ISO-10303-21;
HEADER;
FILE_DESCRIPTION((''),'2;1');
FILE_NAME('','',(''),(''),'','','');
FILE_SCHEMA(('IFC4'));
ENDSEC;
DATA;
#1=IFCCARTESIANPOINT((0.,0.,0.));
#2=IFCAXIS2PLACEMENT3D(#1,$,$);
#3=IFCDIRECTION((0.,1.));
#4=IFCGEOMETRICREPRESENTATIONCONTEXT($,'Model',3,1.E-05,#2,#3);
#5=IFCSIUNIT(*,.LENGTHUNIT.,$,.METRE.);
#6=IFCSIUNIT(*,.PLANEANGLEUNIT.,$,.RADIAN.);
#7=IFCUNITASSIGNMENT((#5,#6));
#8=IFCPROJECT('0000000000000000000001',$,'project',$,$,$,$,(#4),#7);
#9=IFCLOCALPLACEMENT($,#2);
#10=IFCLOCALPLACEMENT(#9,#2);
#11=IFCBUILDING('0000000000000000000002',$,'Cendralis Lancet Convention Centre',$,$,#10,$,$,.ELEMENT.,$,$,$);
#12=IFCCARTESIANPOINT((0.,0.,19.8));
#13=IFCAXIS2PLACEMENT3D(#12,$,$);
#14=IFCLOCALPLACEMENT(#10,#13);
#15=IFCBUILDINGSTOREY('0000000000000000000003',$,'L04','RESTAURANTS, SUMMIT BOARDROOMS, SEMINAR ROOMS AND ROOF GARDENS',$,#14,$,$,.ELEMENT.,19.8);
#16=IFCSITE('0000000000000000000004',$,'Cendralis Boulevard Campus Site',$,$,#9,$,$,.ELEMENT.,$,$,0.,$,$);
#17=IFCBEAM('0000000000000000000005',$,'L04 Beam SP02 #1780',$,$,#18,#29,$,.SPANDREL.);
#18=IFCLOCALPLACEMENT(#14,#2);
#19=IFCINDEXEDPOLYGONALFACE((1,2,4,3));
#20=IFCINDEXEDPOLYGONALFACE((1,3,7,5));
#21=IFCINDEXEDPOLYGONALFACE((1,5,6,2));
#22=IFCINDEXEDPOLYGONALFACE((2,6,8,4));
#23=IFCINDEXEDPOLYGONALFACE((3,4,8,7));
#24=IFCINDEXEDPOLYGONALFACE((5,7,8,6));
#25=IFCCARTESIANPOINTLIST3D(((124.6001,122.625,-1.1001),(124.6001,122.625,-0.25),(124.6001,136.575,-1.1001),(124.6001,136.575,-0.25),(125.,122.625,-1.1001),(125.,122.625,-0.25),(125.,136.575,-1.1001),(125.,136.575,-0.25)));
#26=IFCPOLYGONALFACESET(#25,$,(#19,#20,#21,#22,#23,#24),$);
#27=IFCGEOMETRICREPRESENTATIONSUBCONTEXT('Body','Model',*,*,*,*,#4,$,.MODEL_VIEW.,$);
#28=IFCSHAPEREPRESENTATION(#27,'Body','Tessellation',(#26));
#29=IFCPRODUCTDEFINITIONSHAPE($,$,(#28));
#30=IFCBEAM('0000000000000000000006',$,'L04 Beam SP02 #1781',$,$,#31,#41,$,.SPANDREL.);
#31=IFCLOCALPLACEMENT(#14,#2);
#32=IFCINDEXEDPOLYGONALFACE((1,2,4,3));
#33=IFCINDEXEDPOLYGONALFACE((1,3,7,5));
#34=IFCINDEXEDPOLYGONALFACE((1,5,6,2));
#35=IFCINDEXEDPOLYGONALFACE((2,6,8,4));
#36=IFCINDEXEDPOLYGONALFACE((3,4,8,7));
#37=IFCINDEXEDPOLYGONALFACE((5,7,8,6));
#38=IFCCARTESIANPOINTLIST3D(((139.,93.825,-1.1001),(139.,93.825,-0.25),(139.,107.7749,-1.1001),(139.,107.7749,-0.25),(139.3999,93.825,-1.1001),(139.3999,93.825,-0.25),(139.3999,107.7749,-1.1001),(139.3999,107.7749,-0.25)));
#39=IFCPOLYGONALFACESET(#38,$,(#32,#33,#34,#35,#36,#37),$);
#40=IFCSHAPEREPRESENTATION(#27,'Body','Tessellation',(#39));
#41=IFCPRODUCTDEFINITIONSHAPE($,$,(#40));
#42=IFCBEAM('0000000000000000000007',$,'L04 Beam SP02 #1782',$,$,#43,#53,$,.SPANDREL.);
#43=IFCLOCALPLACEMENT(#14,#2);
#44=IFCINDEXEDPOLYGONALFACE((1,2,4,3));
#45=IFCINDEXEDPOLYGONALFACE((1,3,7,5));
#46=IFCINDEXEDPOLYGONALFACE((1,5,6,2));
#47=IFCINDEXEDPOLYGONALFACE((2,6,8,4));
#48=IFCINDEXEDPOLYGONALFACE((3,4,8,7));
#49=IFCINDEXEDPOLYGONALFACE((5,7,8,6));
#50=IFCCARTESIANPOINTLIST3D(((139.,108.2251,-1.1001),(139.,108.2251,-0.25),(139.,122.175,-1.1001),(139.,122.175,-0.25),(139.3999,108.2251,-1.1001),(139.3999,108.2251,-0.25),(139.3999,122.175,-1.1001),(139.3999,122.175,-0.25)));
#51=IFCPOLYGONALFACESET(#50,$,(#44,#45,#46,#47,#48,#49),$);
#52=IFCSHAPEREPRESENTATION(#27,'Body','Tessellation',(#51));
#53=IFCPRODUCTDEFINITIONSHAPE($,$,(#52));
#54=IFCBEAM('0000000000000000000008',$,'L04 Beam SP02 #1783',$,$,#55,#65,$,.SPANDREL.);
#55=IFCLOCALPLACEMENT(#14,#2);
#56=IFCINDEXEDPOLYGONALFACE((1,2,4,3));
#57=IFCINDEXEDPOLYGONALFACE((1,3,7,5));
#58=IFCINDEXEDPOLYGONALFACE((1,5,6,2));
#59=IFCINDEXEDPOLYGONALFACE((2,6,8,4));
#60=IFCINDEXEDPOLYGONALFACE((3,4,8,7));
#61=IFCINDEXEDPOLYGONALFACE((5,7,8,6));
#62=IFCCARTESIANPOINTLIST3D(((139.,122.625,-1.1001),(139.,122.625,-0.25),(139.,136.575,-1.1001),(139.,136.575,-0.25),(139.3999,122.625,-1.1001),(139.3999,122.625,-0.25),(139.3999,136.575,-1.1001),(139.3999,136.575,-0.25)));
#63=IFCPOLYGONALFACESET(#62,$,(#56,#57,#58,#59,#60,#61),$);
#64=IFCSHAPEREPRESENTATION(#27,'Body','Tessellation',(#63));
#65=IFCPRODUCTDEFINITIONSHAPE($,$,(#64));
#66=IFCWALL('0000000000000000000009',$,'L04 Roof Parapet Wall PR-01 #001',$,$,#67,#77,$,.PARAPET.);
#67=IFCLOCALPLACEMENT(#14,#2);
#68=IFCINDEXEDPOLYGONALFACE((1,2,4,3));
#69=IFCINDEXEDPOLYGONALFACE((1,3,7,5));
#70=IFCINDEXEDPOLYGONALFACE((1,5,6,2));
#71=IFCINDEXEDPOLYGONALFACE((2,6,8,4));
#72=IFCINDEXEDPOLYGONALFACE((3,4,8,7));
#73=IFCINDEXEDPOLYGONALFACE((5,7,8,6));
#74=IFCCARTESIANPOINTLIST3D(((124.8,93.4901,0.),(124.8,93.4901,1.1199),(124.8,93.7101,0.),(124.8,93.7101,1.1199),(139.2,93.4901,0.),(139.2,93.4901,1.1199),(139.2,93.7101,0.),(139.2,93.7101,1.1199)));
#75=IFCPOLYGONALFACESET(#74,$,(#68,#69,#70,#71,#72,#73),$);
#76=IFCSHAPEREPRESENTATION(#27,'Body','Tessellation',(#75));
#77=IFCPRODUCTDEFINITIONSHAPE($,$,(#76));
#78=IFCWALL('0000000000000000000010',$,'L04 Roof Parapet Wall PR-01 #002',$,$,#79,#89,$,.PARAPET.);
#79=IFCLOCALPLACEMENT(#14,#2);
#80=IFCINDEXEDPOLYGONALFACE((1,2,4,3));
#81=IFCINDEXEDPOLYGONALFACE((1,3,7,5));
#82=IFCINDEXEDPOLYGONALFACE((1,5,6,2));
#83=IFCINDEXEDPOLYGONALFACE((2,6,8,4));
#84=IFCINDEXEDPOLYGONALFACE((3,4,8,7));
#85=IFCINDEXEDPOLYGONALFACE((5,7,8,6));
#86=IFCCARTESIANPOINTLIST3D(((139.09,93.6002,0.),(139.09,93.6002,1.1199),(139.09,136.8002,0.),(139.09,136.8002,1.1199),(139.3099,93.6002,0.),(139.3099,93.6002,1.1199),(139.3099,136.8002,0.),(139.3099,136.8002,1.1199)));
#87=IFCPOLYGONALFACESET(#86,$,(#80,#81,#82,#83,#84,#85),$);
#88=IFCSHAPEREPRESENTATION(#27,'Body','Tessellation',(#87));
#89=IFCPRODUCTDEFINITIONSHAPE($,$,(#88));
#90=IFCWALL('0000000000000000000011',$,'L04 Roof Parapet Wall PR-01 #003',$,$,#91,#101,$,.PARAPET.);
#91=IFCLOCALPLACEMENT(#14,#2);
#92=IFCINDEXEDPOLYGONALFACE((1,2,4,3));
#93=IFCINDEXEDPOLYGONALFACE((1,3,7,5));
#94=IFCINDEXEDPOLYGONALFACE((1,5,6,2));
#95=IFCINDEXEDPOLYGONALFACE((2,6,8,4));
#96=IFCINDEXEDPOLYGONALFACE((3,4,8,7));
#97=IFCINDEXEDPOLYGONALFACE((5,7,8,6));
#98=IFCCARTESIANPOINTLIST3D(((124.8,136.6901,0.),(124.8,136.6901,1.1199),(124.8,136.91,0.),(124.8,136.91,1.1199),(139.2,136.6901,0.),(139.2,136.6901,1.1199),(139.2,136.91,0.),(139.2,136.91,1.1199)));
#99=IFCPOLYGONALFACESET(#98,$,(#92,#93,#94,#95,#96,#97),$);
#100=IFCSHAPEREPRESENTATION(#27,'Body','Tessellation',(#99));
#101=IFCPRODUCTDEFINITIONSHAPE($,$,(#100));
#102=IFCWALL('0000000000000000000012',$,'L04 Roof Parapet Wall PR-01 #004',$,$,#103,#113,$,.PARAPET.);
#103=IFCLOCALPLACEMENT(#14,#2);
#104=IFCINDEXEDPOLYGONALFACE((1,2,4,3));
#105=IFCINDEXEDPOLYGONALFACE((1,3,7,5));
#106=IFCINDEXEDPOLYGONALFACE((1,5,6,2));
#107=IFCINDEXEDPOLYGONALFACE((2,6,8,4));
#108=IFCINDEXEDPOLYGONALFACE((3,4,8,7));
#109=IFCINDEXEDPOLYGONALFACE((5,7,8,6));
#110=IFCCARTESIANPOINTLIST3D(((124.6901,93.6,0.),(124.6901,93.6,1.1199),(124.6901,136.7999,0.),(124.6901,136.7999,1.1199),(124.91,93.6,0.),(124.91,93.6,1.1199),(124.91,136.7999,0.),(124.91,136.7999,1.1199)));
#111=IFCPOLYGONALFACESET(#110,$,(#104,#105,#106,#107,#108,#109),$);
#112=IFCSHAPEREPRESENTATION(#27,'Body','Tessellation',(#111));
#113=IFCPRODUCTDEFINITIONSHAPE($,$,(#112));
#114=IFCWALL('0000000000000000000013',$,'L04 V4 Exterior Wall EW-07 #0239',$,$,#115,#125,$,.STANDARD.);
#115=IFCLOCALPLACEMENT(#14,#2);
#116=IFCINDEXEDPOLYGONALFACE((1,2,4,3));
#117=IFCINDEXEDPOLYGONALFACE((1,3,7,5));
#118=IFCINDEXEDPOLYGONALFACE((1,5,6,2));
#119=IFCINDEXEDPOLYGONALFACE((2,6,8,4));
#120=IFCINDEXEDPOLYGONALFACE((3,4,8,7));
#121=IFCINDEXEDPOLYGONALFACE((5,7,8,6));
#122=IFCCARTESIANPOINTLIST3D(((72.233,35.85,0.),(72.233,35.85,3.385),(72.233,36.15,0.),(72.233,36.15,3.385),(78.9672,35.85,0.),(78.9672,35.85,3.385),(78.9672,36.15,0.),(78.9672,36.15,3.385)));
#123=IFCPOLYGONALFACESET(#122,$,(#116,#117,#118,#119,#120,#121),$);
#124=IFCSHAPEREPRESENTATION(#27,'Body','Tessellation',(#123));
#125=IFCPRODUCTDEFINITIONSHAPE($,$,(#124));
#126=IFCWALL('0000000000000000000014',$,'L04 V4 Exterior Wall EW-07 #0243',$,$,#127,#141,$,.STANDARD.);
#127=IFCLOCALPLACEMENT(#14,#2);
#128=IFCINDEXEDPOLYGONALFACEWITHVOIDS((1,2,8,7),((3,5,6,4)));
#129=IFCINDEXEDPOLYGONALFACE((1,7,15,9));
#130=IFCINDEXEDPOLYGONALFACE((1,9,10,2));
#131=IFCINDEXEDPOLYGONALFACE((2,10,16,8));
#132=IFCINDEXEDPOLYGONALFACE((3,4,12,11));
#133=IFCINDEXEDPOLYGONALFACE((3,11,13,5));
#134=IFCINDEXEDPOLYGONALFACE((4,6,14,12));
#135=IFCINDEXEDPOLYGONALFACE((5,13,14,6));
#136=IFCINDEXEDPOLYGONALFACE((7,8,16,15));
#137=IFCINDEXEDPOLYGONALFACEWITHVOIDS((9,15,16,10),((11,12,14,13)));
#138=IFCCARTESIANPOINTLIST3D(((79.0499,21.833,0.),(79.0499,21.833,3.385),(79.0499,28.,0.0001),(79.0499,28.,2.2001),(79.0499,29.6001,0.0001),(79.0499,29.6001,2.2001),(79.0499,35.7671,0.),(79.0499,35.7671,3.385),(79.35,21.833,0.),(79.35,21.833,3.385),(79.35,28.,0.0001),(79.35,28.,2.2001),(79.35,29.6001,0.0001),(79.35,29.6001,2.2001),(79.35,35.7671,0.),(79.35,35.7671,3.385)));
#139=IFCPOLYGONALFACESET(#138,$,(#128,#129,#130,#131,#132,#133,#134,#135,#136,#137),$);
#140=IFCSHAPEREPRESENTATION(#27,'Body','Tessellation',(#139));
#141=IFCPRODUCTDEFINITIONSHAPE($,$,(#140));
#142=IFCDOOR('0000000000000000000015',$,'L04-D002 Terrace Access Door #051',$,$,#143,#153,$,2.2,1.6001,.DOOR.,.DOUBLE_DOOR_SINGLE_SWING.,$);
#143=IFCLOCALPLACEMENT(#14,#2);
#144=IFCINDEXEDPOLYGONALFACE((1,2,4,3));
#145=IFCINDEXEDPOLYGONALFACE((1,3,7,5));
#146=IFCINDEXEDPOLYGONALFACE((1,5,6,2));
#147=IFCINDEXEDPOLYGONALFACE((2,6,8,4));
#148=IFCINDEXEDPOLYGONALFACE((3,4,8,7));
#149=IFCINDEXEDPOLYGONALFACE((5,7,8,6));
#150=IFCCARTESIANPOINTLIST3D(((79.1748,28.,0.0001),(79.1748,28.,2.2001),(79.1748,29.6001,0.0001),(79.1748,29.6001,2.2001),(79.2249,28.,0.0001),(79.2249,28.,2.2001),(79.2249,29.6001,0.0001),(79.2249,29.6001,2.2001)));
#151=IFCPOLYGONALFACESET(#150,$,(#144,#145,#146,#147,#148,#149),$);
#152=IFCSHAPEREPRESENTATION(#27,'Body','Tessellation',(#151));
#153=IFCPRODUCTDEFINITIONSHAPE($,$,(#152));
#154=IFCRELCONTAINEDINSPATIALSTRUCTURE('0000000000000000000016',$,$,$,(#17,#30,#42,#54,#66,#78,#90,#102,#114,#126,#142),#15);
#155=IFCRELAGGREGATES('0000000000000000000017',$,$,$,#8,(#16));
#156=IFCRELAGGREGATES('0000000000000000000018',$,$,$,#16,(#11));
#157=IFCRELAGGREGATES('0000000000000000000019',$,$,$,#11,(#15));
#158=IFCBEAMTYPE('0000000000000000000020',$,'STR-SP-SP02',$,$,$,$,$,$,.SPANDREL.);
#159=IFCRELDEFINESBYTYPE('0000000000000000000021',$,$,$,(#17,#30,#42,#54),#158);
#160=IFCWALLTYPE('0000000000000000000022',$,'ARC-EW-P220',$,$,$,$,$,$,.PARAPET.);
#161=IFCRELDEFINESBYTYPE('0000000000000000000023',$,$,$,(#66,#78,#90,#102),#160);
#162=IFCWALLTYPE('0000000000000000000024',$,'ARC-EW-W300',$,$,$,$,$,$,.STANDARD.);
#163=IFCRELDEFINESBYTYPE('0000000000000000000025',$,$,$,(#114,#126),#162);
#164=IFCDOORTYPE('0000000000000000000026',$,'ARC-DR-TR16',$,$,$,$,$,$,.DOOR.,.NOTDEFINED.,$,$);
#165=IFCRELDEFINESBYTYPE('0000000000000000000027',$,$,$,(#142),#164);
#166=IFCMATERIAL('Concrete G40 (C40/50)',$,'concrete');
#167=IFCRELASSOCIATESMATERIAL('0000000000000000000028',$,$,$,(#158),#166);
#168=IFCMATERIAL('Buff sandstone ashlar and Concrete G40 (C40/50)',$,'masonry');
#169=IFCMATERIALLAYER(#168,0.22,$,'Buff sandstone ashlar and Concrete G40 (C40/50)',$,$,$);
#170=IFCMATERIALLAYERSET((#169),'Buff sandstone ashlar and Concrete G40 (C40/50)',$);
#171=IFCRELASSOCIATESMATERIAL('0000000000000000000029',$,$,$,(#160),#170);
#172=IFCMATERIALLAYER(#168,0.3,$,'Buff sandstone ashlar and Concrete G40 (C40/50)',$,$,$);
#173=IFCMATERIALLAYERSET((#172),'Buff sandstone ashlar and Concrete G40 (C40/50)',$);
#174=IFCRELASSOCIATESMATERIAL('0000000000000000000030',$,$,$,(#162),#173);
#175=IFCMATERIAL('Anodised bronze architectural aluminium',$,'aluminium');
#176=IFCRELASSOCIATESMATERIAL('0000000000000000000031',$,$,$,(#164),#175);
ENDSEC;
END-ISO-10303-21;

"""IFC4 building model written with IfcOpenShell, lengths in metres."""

from ifc_helpers import new_model, si_unit, direction, frame, frame_2d, origin, origin_2d, place, context, subcontext, project, spatial, rectangle, extrude, material, layer, layer_set, material_profile, profile_set, type_object, element, fill, save


model = new_model("IFC4")

# Units and contexts
model_context = context("Model", 3, precision=1e-05, world=origin(), true_north=direction((0.0, 1.0)))
body_context = subcontext(model_context, "Body", "Model", "MODEL_VIEW")
ifc_project = project(units=[si_unit("LENGTHUNIT", "METRE"), si_unit("PLANEANGLEUNIT", "RADIAN")], contexts=[model_context])

# Site, building, storey
site_placement = place(None, origin())
site = spatial("IfcSite", under=ifc_project, at=site_placement, Name="Cendralis Boulevard Campus Site", CompositionType="ELEMENT", RefElevation=0.0)
building_placement = place(site_placement, origin())
building = spatial("IfcBuilding", under=site, at=building_placement, Name="Cendralis Lancet Convention Centre", CompositionType="ELEMENT")
storey_placement = place(building_placement, frame((0.0, 0.0, 19.8)))
storey = spatial("IfcBuildingStorey", under=building, at=storey_placement, Name="L04", Description="RESTAURANTS, SUMMIT BOARDROOMS, SEMINAR ROOMS AND ROOF GARDENS", CompositionType="ELEMENT", Elevation=19.8)

# Shared definitions
ifc_material_1 = material(Name="Concrete G40 (C40/50)", Category="concrete")

# Beams
ifc_material_profile_1 = material_profile(ifc_material_1, rectangle(XDim=0.3999, YDim=0.8501, at=origin_2d()), Name="RCB 400x850")
ifc_profile_set_1 = profile_set([ifc_material_profile_1], Name="Concrete G40 (C40/50)")
beam_type_1 = type_object("IfcBeamType", Name="STR-SP-SP02", PredefinedType="SPANDREL", material=ifc_profile_set_1)
for number, where, z_axis, x_axis, name in (
    (1, (124.8, 122.625, -0.675), (0.0, 1.0, 0.0), (-1.0, 0.0, 0.0), "L04 Beam SP02 #1780"),
    (2, (139.2, 93.825, -0.675), (0.0, 1.0, 0.0), (-1.0, 0.0, 0.0), "L04 Beam SP02 #1781"),
    (3, (139.2, 108.2251, -0.675), (0.0, 1.0, 0.0), (-1.0, 0.0, 0.0), "L04 Beam SP02 #1782"),
    (4, (139.2, 122.625, -0.675), (0.0, 1.0, 0.0), (-1.0, 0.0, 0.0), "L04 Beam SP02 #1783"),
):
    element("IfcBeam", number, at=place(storey_placement, frame(where, z_axis=z_axis, x_axis=x_axis)), inside=storey, type_object=beam_type_1, Name=name, PredefinedType="SPANDREL", context=body_context, shape_type="SweptSolid", body=[
        extrude(rectangle(XDim=0.3999, YDim=0.8501, at=origin_2d()), origin(), (0.0, 0.0, 1.0), 13.95),
    ])

# Walls
ifc_material_2 = material(Name="Buff sandstone ashlar and Concrete G40 (C40/50)", Category="masonry")
ifc_layer_1 = layer(ifc_material_2, 0.22, Name="Buff sandstone ashlar and Concrete G40 (C40/50)")
ifc_layer_set_1 = layer_set([ifc_layer_1], Name="Buff sandstone ashlar and Concrete G40 (C40/50)")
wall_type_1 = type_object("IfcWallType", Name="ARC-EW-P220", PredefinedType="PARAPET", material=ifc_layer_set_1)
wall_1_placement = place(storey_placement, frame((124.8, 93.6001, 0.0), z_axis=(0.0, 0.0, 1.0), x_axis=(1.0, 0.0, 0.0)))
element("IfcWall", 5, at=wall_1_placement, inside=storey, type_object=wall_type_1, Name="L04 Roof Parapet Wall PR-01 #001", PredefinedType="PARAPET", context=body_context, shape_type="SweptSolid", body=[
    extrude(rectangle(XDim=14.3999, YDim=0.22, at=frame_2d((7.2, 0.0))), origin(), (0.0, 0.0, 1.0), 1.1199),
])
wall_2_placement = place(storey_placement, frame((139.2, 93.6001, 0.0), z_axis=(0.0, 0.0, 1.0), x_axis=(0.0, 1.0, 0.0)))
element("IfcWall", 6, at=wall_2_placement, inside=storey, type_object=wall_type_1, Name="L04 Roof Parapet Wall PR-01 #002", PredefinedType="PARAPET", context=body_context, shape_type="SweptSolid", body=[
    extrude(rectangle(XDim=43.2, YDim=0.22, at=frame_2d((21.6001, 0.0))), origin(), (0.0, 0.0, 1.0), 1.1199),
])
wall_3_placement = place(storey_placement, frame((139.2, 136.8, 0.0), z_axis=(0.0, 0.0, 1.0), x_axis=(-1.0, 0.0, 0.0)))
element("IfcWall", 7, at=wall_3_placement, inside=storey, type_object=wall_type_1, Name="L04 Roof Parapet Wall PR-01 #003", PredefinedType="PARAPET", context=body_context, shape_type="SweptSolid", body=[
    extrude(rectangle(XDim=14.3999, YDim=0.22, at=frame_2d((7.2, 0.0))), origin(), (0.0, 0.0, 1.0), 1.1199),
])
wall_4_placement = place(storey_placement, frame((124.8, 136.8, 0.0), z_axis=(0.0, 0.0, 1.0), x_axis=(0.0, -1.0, 0.0)))
element("IfcWall", 8, at=wall_4_placement, inside=storey, type_object=wall_type_1, Name="L04 Roof Parapet Wall PR-01 #004", PredefinedType="PARAPET", context=body_context, shape_type="SweptSolid", body=[
    extrude(rectangle(XDim=43.2, YDim=0.22, at=frame_2d((21.6001, 0.0))), origin(), (0.0, 0.0, 1.0), 1.1199),
])
ifc_layer_2 = layer(ifc_material_2, 0.3, Name="Buff sandstone ashlar and Concrete G40 (C40/50)")
ifc_layer_set_2 = layer_set([ifc_layer_2], Name="Buff sandstone ashlar and Concrete G40 (C40/50)")
wall_type_2 = type_object("IfcWallType", Name="ARC-EW-W300", PredefinedType="STANDARD", material=ifc_layer_set_2)
wall_5_placement = place(storey_placement, frame((72.2329, 36.0, 0.0), z_axis=(0.0, 0.0, 1.0), x_axis=(1.0, 0.0, 0.0)))
element("IfcWall", 9, at=wall_5_placement, inside=storey, type_object=wall_type_2, Name="L04 V4 Exterior Wall EW-07 #0239", PredefinedType="STANDARD", context=body_context, shape_type="SweptSolid", body=[
    extrude(rectangle(XDim=6.7341, YDim=0.3, at=frame_2d((3.3672, 0.0))), origin(), (0.0, 0.0, 1.0), 3.385),
])

# Wall, opening, door
wall_6_placement = place(storey_placement, frame((79.2, 35.7671, 0.0), z_axis=(0.0, 0.0, 1.0), x_axis=(0.0, -1.0, 0.0)))
wall_6 = element("IfcWall", 10, at=wall_6_placement, inside=storey, type_object=wall_type_2, Name="L04 V4 Exterior Wall EW-07 #0243", PredefinedType="STANDARD", context=body_context, shape_type="SweptSolid", body=[
    extrude(rectangle(XDim=13.9341, YDim=0.3, at=frame_2d((6.967, 0.0))), origin(), (0.0, 0.0, 1.0), 3.385),
])
opening_1_placement = place(wall_6_placement, frame((6.167, 0.0, 0.0)))
opening_1 = element("IfcOpeningElement", 11, at=opening_1_placement, cuts=wall_6, PredefinedType="OPENING", context=body_context, shape_type="SweptSolid", body=[
    extrude(rectangle(XDim=1.6001, YDim=2.2, at=frame_2d((0.8, 1.1001))), frame((0.0, 0.1599, 0.0), z_axis=(0.0, -1.0, 0.0), x_axis=(1.0, 0.0, 0.0)), (0.0, 0.0, 1.0), 0.3201),
])
ifc_material_3 = material(Name="Anodised bronze architectural aluminium", Category="aluminium")
door_type = type_object("IfcDoorType", Name="ARC-DR-TR16", OperationType="NOTDEFINED", PredefinedType="DOOR", material=ifc_material_3)
door_placement = place(opening_1_placement, origin())
door = element("IfcDoor", 12, at=door_placement, inside=storey, type_object=door_type, Name="L04-D002 Terrace Access Door #051", OperationType="DOUBLE_DOOR_SINGLE_SWING", OverallHeight=2.2, OverallWidth=1.6001, PredefinedType="DOOR", context=body_context, shape_type="SweptSolid", body=[
    extrude(rectangle(XDim=1.6001, YDim=2.2, at=frame_2d((0.8, 1.1001))), frame((0.0, 0.0249, 0.0), z_axis=(0.0, -1.0, 0.0), x_axis=(1.0, 0.0, 0.0)), (0.0, 0.0, 1.0), 0.05),
])
fill(opening_1, door)

save(model, "model.ifc")
